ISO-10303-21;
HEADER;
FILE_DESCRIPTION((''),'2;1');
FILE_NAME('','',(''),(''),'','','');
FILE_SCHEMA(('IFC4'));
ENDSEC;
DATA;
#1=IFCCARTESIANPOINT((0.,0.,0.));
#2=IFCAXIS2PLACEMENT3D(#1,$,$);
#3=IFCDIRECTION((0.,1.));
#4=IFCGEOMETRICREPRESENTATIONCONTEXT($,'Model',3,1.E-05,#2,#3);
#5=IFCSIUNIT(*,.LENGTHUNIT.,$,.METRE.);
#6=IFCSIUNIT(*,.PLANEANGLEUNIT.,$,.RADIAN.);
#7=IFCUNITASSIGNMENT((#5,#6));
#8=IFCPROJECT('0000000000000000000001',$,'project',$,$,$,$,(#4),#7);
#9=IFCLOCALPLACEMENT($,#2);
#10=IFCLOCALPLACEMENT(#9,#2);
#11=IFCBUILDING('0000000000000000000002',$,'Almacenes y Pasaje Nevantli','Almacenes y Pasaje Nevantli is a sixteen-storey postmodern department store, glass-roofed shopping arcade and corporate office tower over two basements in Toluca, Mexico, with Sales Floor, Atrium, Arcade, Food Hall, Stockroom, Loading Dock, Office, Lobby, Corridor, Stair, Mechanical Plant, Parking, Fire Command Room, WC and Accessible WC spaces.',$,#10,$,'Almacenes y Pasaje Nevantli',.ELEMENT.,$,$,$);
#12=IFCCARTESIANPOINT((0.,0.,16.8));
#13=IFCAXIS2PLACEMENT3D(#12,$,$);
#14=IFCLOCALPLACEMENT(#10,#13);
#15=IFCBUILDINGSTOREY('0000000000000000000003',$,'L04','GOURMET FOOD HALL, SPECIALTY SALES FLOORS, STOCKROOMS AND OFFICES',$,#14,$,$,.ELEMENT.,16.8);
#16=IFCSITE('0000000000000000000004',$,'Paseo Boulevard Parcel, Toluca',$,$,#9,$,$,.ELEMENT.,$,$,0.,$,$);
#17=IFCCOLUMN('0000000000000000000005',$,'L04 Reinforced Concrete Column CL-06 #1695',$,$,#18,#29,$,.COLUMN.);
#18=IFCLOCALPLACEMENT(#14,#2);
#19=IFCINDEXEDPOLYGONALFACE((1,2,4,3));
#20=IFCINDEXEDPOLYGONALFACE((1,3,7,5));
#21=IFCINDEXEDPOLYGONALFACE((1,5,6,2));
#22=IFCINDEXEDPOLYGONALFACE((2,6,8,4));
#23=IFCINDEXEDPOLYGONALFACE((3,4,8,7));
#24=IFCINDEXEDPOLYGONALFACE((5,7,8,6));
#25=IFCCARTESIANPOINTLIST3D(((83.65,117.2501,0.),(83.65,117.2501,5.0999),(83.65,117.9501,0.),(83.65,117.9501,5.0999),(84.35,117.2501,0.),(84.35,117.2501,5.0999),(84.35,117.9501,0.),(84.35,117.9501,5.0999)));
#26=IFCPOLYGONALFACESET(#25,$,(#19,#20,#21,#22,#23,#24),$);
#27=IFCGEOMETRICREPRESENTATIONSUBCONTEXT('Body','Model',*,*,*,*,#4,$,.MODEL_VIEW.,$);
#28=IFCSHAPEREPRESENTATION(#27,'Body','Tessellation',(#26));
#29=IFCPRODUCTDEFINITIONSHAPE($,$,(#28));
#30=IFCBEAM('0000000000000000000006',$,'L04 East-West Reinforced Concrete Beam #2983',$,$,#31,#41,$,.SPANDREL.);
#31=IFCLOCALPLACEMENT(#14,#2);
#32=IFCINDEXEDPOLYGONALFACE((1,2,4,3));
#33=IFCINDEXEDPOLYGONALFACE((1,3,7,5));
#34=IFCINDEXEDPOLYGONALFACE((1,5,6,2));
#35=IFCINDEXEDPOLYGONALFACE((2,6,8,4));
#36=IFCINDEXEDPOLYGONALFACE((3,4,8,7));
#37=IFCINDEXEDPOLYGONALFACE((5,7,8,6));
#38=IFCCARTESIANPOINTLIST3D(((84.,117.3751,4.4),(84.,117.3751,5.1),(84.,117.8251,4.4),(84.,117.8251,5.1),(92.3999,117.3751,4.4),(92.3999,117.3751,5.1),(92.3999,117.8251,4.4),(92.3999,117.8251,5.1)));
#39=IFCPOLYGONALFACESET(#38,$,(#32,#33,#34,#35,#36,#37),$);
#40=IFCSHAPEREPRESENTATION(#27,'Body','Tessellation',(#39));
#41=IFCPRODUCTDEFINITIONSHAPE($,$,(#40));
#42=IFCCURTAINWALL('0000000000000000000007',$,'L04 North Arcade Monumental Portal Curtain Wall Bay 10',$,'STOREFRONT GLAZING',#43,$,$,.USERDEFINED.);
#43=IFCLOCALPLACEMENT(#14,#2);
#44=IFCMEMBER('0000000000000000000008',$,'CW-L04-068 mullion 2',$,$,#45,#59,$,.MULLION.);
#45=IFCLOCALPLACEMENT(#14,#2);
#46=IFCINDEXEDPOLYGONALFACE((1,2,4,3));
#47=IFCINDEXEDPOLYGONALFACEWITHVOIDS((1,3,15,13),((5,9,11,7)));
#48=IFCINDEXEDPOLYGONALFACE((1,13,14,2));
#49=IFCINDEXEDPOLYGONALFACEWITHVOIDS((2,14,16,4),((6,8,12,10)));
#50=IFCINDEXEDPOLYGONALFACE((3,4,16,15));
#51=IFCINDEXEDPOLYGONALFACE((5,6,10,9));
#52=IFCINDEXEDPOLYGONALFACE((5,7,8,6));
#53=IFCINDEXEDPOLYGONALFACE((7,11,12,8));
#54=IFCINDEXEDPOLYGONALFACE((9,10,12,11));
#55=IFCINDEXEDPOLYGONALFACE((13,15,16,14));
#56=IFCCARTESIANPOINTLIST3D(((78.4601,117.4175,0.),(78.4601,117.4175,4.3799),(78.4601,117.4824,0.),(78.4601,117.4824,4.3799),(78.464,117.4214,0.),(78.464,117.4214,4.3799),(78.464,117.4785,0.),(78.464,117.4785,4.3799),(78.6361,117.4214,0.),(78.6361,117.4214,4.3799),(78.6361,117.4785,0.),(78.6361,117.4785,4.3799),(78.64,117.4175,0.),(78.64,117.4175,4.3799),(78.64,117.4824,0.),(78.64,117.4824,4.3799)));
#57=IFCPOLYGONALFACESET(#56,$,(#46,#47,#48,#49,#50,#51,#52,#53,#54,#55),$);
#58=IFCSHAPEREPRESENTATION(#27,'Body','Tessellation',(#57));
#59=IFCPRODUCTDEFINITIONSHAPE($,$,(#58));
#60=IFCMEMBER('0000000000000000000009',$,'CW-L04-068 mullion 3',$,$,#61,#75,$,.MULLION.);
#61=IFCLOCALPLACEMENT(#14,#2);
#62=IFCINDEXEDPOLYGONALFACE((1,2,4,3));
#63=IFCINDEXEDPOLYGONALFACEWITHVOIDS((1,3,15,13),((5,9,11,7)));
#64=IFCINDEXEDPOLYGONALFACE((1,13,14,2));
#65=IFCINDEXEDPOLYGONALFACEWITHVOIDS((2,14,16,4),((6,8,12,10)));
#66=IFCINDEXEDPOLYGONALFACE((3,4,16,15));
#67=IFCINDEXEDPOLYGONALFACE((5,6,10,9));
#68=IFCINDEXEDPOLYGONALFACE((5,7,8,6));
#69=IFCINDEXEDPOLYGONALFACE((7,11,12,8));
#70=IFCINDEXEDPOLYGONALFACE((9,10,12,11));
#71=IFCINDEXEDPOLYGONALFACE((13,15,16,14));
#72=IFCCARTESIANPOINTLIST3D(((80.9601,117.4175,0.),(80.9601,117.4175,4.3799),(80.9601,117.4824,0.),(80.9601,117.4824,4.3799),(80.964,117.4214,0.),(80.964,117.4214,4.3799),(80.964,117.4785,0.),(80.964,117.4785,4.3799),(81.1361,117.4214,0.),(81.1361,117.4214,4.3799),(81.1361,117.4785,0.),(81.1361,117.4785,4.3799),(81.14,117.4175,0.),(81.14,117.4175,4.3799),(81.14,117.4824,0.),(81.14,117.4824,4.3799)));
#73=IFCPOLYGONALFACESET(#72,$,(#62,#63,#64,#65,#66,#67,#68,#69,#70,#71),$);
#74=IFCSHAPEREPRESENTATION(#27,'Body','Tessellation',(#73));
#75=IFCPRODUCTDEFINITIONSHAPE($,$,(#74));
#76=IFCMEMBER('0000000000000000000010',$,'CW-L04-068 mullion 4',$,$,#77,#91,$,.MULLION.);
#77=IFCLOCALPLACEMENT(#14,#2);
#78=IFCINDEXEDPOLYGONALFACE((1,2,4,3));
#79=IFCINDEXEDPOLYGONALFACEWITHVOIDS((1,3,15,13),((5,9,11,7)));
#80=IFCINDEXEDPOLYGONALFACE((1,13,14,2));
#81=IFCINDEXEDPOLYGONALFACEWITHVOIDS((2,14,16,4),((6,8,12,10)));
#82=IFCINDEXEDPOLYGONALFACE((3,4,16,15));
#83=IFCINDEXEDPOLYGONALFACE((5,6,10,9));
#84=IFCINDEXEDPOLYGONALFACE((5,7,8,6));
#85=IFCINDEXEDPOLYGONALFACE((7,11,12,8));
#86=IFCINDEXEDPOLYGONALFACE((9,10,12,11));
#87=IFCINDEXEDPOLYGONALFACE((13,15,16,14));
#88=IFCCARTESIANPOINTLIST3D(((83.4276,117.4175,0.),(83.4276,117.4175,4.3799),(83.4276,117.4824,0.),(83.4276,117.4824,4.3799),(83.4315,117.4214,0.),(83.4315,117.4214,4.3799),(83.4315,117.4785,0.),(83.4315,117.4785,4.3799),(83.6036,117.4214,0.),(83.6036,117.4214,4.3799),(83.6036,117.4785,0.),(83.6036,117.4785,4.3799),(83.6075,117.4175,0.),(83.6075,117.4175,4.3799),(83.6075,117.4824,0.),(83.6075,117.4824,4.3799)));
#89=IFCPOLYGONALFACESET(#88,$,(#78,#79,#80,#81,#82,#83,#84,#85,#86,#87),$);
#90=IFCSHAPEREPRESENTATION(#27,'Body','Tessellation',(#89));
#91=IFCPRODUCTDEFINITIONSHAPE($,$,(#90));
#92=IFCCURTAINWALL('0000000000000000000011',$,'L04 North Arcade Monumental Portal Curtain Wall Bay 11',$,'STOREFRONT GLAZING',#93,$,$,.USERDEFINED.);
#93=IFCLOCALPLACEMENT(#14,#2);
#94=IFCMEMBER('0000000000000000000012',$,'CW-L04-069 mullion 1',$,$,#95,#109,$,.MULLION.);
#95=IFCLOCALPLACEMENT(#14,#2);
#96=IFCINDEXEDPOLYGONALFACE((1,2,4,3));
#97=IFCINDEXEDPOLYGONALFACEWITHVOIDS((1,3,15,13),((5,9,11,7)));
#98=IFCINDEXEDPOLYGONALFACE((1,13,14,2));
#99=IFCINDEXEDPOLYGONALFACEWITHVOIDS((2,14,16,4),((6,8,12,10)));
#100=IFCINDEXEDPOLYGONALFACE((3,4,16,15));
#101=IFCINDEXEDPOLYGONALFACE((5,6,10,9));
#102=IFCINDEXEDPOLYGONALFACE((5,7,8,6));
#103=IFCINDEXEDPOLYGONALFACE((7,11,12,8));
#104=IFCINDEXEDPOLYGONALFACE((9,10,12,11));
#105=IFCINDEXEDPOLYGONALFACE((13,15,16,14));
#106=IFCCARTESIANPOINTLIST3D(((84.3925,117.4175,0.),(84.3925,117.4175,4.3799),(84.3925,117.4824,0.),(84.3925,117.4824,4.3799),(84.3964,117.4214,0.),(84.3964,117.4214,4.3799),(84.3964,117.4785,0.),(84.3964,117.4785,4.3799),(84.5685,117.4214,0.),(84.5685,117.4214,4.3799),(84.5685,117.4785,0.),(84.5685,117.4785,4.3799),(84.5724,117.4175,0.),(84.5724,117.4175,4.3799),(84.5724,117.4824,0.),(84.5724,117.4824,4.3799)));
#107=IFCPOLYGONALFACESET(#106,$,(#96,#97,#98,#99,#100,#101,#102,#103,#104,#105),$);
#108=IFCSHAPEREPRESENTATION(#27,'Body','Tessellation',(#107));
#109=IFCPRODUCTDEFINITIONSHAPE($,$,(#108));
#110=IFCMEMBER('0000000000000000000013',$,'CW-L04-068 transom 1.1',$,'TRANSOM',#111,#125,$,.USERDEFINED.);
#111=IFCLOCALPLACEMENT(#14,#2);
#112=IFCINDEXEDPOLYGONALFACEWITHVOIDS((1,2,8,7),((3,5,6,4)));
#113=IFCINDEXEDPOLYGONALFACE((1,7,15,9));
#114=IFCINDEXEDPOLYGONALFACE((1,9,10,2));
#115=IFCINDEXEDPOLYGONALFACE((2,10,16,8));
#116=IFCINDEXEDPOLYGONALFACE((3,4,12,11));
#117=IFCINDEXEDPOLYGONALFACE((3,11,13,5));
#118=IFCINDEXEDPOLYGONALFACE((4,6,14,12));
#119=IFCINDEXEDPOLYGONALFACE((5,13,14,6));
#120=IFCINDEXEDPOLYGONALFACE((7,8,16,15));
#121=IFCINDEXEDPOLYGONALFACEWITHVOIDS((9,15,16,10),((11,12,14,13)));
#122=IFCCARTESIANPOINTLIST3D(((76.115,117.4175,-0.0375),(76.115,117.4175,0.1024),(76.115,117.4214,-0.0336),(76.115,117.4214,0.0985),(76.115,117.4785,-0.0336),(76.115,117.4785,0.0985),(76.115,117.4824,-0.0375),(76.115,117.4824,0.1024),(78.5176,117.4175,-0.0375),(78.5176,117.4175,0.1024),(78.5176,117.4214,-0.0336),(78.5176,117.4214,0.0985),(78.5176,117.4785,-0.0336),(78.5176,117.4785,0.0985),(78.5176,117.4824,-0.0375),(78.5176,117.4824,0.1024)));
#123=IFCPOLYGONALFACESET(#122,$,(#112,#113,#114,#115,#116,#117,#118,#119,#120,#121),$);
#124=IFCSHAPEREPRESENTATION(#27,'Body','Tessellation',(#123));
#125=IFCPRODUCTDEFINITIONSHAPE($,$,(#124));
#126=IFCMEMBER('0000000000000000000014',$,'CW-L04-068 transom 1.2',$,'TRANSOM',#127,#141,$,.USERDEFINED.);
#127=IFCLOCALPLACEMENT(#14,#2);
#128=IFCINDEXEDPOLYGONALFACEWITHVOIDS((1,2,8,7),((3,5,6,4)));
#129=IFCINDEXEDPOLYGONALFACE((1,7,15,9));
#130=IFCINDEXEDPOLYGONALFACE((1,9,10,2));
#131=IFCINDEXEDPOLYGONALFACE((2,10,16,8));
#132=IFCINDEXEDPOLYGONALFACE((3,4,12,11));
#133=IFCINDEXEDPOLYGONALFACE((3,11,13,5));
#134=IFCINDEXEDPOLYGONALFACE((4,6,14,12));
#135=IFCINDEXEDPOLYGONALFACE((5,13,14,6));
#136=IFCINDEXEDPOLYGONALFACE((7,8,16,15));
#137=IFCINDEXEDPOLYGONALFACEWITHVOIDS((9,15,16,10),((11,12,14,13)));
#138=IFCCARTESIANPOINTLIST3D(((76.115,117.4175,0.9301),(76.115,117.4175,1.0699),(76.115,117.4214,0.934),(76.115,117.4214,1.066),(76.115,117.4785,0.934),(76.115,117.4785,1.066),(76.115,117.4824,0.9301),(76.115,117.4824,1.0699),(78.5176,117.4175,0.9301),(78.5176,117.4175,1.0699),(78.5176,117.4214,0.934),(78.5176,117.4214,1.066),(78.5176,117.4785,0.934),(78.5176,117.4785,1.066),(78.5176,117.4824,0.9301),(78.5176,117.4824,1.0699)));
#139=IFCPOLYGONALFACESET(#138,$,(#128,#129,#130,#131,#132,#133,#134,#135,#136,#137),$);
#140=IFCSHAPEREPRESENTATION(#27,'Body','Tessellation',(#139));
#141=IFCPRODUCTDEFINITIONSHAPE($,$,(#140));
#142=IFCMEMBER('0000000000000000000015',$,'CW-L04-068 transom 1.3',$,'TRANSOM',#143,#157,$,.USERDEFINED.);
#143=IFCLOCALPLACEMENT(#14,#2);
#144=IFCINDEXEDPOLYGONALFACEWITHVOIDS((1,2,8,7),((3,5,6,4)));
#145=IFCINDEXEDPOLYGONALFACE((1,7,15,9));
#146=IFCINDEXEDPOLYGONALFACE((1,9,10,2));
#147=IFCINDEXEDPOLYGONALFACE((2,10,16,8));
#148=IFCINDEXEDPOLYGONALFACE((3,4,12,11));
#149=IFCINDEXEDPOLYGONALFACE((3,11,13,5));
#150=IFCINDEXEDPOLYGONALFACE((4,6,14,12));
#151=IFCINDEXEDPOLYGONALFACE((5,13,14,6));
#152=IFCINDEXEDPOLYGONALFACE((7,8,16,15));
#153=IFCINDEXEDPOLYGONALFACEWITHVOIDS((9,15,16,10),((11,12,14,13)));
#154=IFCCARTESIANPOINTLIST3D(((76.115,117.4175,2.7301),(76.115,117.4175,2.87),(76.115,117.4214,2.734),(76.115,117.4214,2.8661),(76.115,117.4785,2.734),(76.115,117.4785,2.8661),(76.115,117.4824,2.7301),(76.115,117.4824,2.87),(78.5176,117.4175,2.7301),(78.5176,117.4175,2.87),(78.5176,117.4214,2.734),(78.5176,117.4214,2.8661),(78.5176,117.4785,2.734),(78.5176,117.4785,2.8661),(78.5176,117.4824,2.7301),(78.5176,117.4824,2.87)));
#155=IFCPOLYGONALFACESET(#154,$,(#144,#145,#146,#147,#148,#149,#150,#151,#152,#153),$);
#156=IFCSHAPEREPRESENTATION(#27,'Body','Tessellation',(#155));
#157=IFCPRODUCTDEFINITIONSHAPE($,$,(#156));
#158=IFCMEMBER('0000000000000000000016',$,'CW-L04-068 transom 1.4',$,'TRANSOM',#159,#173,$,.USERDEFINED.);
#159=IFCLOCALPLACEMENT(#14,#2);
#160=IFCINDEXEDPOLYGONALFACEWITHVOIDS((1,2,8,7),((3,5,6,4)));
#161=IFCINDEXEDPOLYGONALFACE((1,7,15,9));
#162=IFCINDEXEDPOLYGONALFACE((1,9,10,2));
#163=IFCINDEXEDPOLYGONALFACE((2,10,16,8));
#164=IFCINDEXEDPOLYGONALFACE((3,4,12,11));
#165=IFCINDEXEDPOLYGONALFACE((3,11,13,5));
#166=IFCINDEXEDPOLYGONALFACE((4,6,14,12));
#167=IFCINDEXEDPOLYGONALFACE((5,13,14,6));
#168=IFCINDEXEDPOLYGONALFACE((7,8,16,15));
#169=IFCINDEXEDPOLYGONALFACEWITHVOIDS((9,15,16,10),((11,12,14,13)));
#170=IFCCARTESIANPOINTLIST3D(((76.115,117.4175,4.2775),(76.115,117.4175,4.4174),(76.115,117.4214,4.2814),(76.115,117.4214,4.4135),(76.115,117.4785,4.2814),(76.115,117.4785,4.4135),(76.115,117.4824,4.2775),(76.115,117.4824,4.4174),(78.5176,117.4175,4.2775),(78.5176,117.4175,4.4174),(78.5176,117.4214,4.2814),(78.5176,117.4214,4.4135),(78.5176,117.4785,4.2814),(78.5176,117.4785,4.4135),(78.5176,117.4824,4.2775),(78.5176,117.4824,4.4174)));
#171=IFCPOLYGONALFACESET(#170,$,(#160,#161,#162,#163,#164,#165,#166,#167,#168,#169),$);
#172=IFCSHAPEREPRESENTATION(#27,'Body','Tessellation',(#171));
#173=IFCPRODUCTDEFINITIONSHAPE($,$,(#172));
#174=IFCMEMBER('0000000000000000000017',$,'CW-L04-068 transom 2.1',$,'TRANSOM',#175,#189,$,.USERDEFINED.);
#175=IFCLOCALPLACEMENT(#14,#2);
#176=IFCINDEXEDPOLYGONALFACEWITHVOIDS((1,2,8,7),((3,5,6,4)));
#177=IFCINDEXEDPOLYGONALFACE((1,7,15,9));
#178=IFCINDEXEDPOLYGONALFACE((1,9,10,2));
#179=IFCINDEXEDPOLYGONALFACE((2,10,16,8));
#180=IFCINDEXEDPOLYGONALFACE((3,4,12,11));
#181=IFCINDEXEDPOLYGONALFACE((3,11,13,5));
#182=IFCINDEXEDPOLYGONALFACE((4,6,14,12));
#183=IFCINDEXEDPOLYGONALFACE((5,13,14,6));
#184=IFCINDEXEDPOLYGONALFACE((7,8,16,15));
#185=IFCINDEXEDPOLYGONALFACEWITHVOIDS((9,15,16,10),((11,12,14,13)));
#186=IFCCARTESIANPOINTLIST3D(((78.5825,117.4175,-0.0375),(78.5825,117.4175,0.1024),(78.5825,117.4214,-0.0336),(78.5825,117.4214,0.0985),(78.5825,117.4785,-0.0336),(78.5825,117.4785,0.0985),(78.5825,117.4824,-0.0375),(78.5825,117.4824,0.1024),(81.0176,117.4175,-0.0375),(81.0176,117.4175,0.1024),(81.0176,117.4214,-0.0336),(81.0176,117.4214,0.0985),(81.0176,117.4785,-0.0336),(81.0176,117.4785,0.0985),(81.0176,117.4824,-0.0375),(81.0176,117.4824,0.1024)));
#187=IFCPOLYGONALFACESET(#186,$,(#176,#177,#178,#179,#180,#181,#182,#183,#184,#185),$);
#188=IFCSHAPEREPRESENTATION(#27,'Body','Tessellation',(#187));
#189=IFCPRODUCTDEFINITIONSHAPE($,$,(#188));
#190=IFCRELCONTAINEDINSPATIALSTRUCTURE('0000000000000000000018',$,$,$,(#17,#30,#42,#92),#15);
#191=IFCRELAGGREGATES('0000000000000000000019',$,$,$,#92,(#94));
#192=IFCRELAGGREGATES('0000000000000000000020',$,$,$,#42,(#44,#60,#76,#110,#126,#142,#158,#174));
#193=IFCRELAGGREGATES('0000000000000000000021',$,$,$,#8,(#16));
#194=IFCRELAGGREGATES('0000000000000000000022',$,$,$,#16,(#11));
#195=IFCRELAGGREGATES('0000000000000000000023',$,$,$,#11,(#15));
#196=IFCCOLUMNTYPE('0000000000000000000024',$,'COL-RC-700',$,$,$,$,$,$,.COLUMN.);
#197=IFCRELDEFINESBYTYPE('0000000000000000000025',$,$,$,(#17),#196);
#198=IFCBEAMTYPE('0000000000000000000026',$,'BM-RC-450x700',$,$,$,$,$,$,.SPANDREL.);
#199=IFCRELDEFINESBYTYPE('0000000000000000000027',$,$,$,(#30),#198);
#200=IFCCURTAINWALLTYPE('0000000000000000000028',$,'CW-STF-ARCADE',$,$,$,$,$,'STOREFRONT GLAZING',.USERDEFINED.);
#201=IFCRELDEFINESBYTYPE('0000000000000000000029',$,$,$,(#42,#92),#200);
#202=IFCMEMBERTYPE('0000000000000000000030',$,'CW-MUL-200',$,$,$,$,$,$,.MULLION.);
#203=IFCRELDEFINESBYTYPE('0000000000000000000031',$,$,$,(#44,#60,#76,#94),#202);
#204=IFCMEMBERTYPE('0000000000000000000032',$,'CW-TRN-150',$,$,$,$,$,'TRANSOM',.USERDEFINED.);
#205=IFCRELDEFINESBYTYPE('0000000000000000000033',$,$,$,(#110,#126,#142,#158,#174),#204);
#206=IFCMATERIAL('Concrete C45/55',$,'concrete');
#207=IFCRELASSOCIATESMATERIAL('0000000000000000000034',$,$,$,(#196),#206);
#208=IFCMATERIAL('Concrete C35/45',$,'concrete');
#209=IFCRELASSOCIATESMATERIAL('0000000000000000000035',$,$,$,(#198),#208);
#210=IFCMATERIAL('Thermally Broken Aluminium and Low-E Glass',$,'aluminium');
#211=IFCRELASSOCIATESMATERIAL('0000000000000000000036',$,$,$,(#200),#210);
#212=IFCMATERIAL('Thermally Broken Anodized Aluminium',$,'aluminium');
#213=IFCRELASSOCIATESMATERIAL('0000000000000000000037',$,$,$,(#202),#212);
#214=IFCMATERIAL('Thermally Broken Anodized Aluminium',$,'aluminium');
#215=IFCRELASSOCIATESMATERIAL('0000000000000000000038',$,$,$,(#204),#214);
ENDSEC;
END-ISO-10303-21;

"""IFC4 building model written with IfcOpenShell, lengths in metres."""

from ifc_helpers import new_model, si_unit, direction, frame, origin, origin_2d, place, context, subcontext, project, spatial, rectangle, hollow_rectangle, extrude, material, material_profile, profile_set, type_object, element, aggregate, save


model = new_model("IFC4")

# Units and contexts
model_context = context("Model", 3, precision=1e-05, world=origin(), true_north=direction((0.0, 1.0)))
body_context = subcontext(model_context, "Body", "Model", "MODEL_VIEW")
ifc_project = project(units=[si_unit("LENGTHUNIT", "METRE"), si_unit("PLANEANGLEUNIT", "RADIAN")], contexts=[model_context])

# Site, building, storey
site_placement = place(None, origin())
site = spatial("IfcSite", under=ifc_project, at=site_placement, Name="Paseo Boulevard Parcel, Toluca", CompositionType="ELEMENT", RefElevation=0.0)
building_placement = place(site_placement, origin())
building = spatial("IfcBuilding", under=site, at=building_placement, Name="Almacenes y Pasaje Nevantli", Description="Almacenes y Pasaje Nevantli is a sixteen-storey postmodern department store, glass-roofed shopping arcade and corporate office tower over two basements in Toluca, Mexico, with Sales Floor, Atrium, Arcade, Food Hall, Stockroom, Loading Dock, Office, Lobby, Corridor, Stair, Mechanical Plant, Parking, Fire Command Room, WC and Accessible WC spaces.", LongName="Almacenes y Pasaje Nevantli", CompositionType="ELEMENT")
storey_placement = place(building_placement, frame((0.0, 0.0, 16.8)))
storey = spatial("IfcBuildingStorey", under=building, at=storey_placement, Name="L04", Description="GOURMET FOOD HALL, SPECIALTY SALES FLOORS, STOCKROOMS AND OFFICES", CompositionType="ELEMENT", Elevation=16.8)

# Column
ifc_material_1 = material(Name="Concrete C45/55", Category="concrete")
ifc_material_profile_1 = material_profile(ifc_material_1, rectangle(XDim=0.7, YDim=0.7, at=origin_2d()), Name="RC-COL-700x700")
ifc_profile_set_1 = profile_set([ifc_material_profile_1], Name="Concrete C45/55")
column_type = type_object("IfcColumnType", Name="COL-RC-700", PredefinedType="COLUMN", material=ifc_profile_set_1)
column_placement = place(storey_placement, frame((84.0, 117.6001, 0.0), z_axis=(0.0, 0.0, 1.0), x_axis=(1.0, 0.0, 0.0)))
element("IfcColumn", 1, at=column_placement, inside=storey, type_object=column_type, Name="L04 Reinforced Concrete Column CL-06 #1695", PredefinedType="COLUMN", context=body_context, shape_type="SweptSolid", body=[
    extrude(rectangle(XDim=0.7, YDim=0.7, at=origin_2d()), origin(), (0.0, 0.0, 1.0), 5.0999),
])

# Beam
ifc_material_2 = material(Name="Concrete C35/45", Category="concrete")
ifc_material_profile_2 = material_profile(ifc_material_2, rectangle(XDim=0.45, YDim=0.7, at=origin_2d()), Name="RC-BM-450x700")
ifc_profile_set_2 = profile_set([ifc_material_profile_2], Name="Concrete C35/45")
beam_type = type_object("IfcBeamType", Name="BM-RC-450x700", PredefinedType="SPANDREL", material=ifc_profile_set_2)
beam_placement = place(storey_placement, frame((84.0, 117.6001, 4.75), z_axis=(1.0, 0.0, 0.0), x_axis=(0.0, 1.0, 0.0)))
element("IfcBeam", 2, at=beam_placement, inside=storey, type_object=beam_type, Name="L04 East-West Reinforced Concrete Beam #2983", PredefinedType="SPANDREL", context=body_context, shape_type="SweptSolid", body=[
    extrude(rectangle(XDim=0.45, YDim=0.7, at=origin_2d()), origin(), (0.0, 0.0, 1.0), 8.3999),
])

# Curtain wall, members
ifc_material_3 = material(Name="Thermally Broken Aluminium and Low-E Glass", Category="aluminium")
curtain_wall_type = type_object("IfcCurtainWallType", Name="CW-STF-ARCADE", ElementType="STOREFRONT GLAZING", PredefinedType="USERDEFINED", material=ifc_material_3)
curtain_wall_1_placement = place(storey_placement, origin())
curtain_wall_1 = element("IfcCurtainWall", 3, at=curtain_wall_1_placement, inside=storey, type_object=curtain_wall_type, Name="L04 North Arcade Monumental Portal Curtain Wall Bay 10", ObjectType="STOREFRONT GLAZING", PredefinedType="USERDEFINED")
ifc_material_4 = material(Name="Thermally Broken Anodized Aluminium", Category="aluminium")
ifc_material_profile_3 = material_profile(ifc_material_4, hollow_rectangle(XDim=0.0649, YDim=0.1799, WallThickness=0.0039, at=origin_2d()), Name="ALU-MUL-65x180")
ifc_profile_set_3 = profile_set([ifc_material_profile_3], Name="Thermally Broken Anodized Aluminium")
member_type_1 = type_object("IfcMemberType", Name="CW-MUL-200", PredefinedType="MULLION", material=ifc_profile_set_3)
member_1_placement = place(storey_placement, frame((78.55, 117.45, 0.0), z_axis=(0.0, 0.0, 1.0), x_axis=(0.0, 1.0, 0.0)))
member_1 = element("IfcMember", 4, at=member_1_placement, type_object=member_type_1, Name="CW-L04-068 mullion 2", PredefinedType="MULLION", context=body_context, shape_type="SweptSolid", body=[
    extrude(hollow_rectangle(XDim=0.0649, YDim=0.1799, WallThickness=0.0039, at=origin_2d()), origin(), (0.0, 0.0, 1.0), 4.3799),
])
member_2_placement = place(storey_placement, frame((81.05, 117.45, 0.0), z_axis=(0.0, 0.0, 1.0), x_axis=(0.0, 1.0, 0.0)))
member_2 = element("IfcMember", 5, at=member_2_placement, type_object=member_type_1, Name="CW-L04-068 mullion 3", PredefinedType="MULLION", context=body_context, shape_type="SweptSolid", body=[
    extrude(hollow_rectangle(XDim=0.0649, YDim=0.1799, WallThickness=0.0039, at=origin_2d()), origin(), (0.0, 0.0, 1.0), 4.3799),
])
member_3_placement = place(storey_placement, frame((83.5176, 117.45, 0.0), z_axis=(0.0, 0.0, 1.0), x_axis=(0.0, 1.0, 0.0)))
member_3 = element("IfcMember", 6, at=member_3_placement, type_object=member_type_1, Name="CW-L04-068 mullion 4", PredefinedType="MULLION", context=body_context, shape_type="SweptSolid", body=[
    extrude(hollow_rectangle(XDim=0.0649, YDim=0.1799, WallThickness=0.0039, at=origin_2d()), origin(), (0.0, 0.0, 1.0), 4.3799),
])

# Curtain wall, member
curtain_wall_2_placement = place(storey_placement, origin())
curtain_wall_2 = element("IfcCurtainWall", 7, at=curtain_wall_2_placement, inside=storey, type_object=curtain_wall_type, Name="L04 North Arcade Monumental Portal Curtain Wall Bay 11", ObjectType="STOREFRONT GLAZING", PredefinedType="USERDEFINED")
member_4_placement = place(storey_placement, frame((84.4824, 117.45, 0.0), z_axis=(0.0, 0.0, 1.0), x_axis=(0.0, 1.0, 0.0)))
member_4 = element("IfcMember", 8, at=member_4_placement, type_object=member_type_1, Name="CW-L04-069 mullion 1", PredefinedType="MULLION", context=body_context, shape_type="SweptSolid", body=[
    extrude(hollow_rectangle(XDim=0.0649, YDim=0.1799, WallThickness=0.0039, at=origin_2d()), origin(), (0.0, 0.0, 1.0), 4.3799),
])

# Members
ifc_material_5 = material(Name="Thermally Broken Anodized Aluminium", Category="aluminium")
ifc_material_profile_4 = material_profile(ifc_material_5, hollow_rectangle(XDim=0.0649, YDim=0.1399, WallThickness=0.0039, at=origin_2d()), Name="ALU-TRN-65x140")
ifc_profile_set_4 = profile_set([ifc_material_profile_4], Name="Thermally Broken Anodized Aluminium")
member_type_2 = type_object("IfcMemberType", Name="CW-TRN-150", ElementType="TRANSOM", PredefinedType="USERDEFINED", material=ifc_profile_set_4)
member_5_placement = place(storey_placement, frame((76.115, 117.45, 0.0325), z_axis=(1.0, 0.0, 0.0), x_axis=(0.0, 1.0, 0.0)))
member_5 = element("IfcMember", 9, at=member_5_placement, type_object=member_type_2, Name="CW-L04-068 transom 1.1", ObjectType="TRANSOM", PredefinedType="USERDEFINED", context=body_context, shape_type="SweptSolid", body=[
    extrude(hollow_rectangle(XDim=0.0649, YDim=0.1399, WallThickness=0.0039, at=origin_2d()), origin(), (0.0, 0.0, 1.0), 2.4026),
])
member_6_placement = place(storey_placement, frame((76.115, 117.45, 1.0), z_axis=(1.0, 0.0, 0.0), x_axis=(0.0, 1.0, 0.0)))
member_6 = element("IfcMember", 10, at=member_6_placement, type_object=member_type_2, Name="CW-L04-068 transom 1.2", ObjectType="TRANSOM", PredefinedType="USERDEFINED", context=body_context, shape_type="SweptSolid", body=[
    extrude(hollow_rectangle(XDim=0.0649, YDim=0.1399, WallThickness=0.0039, at=origin_2d()), origin(), (0.0, 0.0, 1.0), 2.4026),
])
member_7_placement = place(storey_placement, frame((76.115, 117.45, 2.8), z_axis=(1.0, 0.0, 0.0), x_axis=(0.0, 1.0, 0.0)))
member_7 = element("IfcMember", 11, at=member_7_placement, type_object=member_type_2, Name="CW-L04-068 transom 1.3", ObjectType="TRANSOM", PredefinedType="USERDEFINED", context=body_context, shape_type="SweptSolid", body=[
    extrude(hollow_rectangle(XDim=0.0649, YDim=0.1399, WallThickness=0.0039, at=origin_2d()), origin(), (0.0, 0.0, 1.0), 2.4026),
])
member_8_placement = place(storey_placement, frame((76.115, 117.45, 4.3474), z_axis=(1.0, 0.0, 0.0), x_axis=(0.0, 1.0, 0.0)))
member_8 = element("IfcMember", 12, at=member_8_placement, type_object=member_type_2, Name="CW-L04-068 transom 1.4", ObjectType="TRANSOM", PredefinedType="USERDEFINED", context=body_context, shape_type="SweptSolid", body=[
    extrude(hollow_rectangle(XDim=0.0649, YDim=0.1399, WallThickness=0.0039, at=origin_2d()), origin(), (0.0, 0.0, 1.0), 2.4026),
])
member_9_placement = place(storey_placement, frame((78.5825, 117.45, 0.0325), z_axis=(1.0, 0.0, 0.0), x_axis=(0.0, 1.0, 0.0)))
member_9 = element("IfcMember", 13, at=member_9_placement, type_object=member_type_2, Name="CW-L04-068 transom 2.1", ObjectType="TRANSOM", PredefinedType="USERDEFINED", context=body_context, shape_type="SweptSolid", body=[
    extrude(hollow_rectangle(XDim=0.0649, YDim=0.1399, WallThickness=0.0039, at=origin_2d()), origin(), (0.0, 0.0, 1.0), 2.4351),
])
aggregate(curtain_wall_2, [member_4])

aggregate(curtain_wall_1, [member_1, member_2, member_3, member_5, member_6, member_7, member_8, member_9])

save(model, "model.ifc")
